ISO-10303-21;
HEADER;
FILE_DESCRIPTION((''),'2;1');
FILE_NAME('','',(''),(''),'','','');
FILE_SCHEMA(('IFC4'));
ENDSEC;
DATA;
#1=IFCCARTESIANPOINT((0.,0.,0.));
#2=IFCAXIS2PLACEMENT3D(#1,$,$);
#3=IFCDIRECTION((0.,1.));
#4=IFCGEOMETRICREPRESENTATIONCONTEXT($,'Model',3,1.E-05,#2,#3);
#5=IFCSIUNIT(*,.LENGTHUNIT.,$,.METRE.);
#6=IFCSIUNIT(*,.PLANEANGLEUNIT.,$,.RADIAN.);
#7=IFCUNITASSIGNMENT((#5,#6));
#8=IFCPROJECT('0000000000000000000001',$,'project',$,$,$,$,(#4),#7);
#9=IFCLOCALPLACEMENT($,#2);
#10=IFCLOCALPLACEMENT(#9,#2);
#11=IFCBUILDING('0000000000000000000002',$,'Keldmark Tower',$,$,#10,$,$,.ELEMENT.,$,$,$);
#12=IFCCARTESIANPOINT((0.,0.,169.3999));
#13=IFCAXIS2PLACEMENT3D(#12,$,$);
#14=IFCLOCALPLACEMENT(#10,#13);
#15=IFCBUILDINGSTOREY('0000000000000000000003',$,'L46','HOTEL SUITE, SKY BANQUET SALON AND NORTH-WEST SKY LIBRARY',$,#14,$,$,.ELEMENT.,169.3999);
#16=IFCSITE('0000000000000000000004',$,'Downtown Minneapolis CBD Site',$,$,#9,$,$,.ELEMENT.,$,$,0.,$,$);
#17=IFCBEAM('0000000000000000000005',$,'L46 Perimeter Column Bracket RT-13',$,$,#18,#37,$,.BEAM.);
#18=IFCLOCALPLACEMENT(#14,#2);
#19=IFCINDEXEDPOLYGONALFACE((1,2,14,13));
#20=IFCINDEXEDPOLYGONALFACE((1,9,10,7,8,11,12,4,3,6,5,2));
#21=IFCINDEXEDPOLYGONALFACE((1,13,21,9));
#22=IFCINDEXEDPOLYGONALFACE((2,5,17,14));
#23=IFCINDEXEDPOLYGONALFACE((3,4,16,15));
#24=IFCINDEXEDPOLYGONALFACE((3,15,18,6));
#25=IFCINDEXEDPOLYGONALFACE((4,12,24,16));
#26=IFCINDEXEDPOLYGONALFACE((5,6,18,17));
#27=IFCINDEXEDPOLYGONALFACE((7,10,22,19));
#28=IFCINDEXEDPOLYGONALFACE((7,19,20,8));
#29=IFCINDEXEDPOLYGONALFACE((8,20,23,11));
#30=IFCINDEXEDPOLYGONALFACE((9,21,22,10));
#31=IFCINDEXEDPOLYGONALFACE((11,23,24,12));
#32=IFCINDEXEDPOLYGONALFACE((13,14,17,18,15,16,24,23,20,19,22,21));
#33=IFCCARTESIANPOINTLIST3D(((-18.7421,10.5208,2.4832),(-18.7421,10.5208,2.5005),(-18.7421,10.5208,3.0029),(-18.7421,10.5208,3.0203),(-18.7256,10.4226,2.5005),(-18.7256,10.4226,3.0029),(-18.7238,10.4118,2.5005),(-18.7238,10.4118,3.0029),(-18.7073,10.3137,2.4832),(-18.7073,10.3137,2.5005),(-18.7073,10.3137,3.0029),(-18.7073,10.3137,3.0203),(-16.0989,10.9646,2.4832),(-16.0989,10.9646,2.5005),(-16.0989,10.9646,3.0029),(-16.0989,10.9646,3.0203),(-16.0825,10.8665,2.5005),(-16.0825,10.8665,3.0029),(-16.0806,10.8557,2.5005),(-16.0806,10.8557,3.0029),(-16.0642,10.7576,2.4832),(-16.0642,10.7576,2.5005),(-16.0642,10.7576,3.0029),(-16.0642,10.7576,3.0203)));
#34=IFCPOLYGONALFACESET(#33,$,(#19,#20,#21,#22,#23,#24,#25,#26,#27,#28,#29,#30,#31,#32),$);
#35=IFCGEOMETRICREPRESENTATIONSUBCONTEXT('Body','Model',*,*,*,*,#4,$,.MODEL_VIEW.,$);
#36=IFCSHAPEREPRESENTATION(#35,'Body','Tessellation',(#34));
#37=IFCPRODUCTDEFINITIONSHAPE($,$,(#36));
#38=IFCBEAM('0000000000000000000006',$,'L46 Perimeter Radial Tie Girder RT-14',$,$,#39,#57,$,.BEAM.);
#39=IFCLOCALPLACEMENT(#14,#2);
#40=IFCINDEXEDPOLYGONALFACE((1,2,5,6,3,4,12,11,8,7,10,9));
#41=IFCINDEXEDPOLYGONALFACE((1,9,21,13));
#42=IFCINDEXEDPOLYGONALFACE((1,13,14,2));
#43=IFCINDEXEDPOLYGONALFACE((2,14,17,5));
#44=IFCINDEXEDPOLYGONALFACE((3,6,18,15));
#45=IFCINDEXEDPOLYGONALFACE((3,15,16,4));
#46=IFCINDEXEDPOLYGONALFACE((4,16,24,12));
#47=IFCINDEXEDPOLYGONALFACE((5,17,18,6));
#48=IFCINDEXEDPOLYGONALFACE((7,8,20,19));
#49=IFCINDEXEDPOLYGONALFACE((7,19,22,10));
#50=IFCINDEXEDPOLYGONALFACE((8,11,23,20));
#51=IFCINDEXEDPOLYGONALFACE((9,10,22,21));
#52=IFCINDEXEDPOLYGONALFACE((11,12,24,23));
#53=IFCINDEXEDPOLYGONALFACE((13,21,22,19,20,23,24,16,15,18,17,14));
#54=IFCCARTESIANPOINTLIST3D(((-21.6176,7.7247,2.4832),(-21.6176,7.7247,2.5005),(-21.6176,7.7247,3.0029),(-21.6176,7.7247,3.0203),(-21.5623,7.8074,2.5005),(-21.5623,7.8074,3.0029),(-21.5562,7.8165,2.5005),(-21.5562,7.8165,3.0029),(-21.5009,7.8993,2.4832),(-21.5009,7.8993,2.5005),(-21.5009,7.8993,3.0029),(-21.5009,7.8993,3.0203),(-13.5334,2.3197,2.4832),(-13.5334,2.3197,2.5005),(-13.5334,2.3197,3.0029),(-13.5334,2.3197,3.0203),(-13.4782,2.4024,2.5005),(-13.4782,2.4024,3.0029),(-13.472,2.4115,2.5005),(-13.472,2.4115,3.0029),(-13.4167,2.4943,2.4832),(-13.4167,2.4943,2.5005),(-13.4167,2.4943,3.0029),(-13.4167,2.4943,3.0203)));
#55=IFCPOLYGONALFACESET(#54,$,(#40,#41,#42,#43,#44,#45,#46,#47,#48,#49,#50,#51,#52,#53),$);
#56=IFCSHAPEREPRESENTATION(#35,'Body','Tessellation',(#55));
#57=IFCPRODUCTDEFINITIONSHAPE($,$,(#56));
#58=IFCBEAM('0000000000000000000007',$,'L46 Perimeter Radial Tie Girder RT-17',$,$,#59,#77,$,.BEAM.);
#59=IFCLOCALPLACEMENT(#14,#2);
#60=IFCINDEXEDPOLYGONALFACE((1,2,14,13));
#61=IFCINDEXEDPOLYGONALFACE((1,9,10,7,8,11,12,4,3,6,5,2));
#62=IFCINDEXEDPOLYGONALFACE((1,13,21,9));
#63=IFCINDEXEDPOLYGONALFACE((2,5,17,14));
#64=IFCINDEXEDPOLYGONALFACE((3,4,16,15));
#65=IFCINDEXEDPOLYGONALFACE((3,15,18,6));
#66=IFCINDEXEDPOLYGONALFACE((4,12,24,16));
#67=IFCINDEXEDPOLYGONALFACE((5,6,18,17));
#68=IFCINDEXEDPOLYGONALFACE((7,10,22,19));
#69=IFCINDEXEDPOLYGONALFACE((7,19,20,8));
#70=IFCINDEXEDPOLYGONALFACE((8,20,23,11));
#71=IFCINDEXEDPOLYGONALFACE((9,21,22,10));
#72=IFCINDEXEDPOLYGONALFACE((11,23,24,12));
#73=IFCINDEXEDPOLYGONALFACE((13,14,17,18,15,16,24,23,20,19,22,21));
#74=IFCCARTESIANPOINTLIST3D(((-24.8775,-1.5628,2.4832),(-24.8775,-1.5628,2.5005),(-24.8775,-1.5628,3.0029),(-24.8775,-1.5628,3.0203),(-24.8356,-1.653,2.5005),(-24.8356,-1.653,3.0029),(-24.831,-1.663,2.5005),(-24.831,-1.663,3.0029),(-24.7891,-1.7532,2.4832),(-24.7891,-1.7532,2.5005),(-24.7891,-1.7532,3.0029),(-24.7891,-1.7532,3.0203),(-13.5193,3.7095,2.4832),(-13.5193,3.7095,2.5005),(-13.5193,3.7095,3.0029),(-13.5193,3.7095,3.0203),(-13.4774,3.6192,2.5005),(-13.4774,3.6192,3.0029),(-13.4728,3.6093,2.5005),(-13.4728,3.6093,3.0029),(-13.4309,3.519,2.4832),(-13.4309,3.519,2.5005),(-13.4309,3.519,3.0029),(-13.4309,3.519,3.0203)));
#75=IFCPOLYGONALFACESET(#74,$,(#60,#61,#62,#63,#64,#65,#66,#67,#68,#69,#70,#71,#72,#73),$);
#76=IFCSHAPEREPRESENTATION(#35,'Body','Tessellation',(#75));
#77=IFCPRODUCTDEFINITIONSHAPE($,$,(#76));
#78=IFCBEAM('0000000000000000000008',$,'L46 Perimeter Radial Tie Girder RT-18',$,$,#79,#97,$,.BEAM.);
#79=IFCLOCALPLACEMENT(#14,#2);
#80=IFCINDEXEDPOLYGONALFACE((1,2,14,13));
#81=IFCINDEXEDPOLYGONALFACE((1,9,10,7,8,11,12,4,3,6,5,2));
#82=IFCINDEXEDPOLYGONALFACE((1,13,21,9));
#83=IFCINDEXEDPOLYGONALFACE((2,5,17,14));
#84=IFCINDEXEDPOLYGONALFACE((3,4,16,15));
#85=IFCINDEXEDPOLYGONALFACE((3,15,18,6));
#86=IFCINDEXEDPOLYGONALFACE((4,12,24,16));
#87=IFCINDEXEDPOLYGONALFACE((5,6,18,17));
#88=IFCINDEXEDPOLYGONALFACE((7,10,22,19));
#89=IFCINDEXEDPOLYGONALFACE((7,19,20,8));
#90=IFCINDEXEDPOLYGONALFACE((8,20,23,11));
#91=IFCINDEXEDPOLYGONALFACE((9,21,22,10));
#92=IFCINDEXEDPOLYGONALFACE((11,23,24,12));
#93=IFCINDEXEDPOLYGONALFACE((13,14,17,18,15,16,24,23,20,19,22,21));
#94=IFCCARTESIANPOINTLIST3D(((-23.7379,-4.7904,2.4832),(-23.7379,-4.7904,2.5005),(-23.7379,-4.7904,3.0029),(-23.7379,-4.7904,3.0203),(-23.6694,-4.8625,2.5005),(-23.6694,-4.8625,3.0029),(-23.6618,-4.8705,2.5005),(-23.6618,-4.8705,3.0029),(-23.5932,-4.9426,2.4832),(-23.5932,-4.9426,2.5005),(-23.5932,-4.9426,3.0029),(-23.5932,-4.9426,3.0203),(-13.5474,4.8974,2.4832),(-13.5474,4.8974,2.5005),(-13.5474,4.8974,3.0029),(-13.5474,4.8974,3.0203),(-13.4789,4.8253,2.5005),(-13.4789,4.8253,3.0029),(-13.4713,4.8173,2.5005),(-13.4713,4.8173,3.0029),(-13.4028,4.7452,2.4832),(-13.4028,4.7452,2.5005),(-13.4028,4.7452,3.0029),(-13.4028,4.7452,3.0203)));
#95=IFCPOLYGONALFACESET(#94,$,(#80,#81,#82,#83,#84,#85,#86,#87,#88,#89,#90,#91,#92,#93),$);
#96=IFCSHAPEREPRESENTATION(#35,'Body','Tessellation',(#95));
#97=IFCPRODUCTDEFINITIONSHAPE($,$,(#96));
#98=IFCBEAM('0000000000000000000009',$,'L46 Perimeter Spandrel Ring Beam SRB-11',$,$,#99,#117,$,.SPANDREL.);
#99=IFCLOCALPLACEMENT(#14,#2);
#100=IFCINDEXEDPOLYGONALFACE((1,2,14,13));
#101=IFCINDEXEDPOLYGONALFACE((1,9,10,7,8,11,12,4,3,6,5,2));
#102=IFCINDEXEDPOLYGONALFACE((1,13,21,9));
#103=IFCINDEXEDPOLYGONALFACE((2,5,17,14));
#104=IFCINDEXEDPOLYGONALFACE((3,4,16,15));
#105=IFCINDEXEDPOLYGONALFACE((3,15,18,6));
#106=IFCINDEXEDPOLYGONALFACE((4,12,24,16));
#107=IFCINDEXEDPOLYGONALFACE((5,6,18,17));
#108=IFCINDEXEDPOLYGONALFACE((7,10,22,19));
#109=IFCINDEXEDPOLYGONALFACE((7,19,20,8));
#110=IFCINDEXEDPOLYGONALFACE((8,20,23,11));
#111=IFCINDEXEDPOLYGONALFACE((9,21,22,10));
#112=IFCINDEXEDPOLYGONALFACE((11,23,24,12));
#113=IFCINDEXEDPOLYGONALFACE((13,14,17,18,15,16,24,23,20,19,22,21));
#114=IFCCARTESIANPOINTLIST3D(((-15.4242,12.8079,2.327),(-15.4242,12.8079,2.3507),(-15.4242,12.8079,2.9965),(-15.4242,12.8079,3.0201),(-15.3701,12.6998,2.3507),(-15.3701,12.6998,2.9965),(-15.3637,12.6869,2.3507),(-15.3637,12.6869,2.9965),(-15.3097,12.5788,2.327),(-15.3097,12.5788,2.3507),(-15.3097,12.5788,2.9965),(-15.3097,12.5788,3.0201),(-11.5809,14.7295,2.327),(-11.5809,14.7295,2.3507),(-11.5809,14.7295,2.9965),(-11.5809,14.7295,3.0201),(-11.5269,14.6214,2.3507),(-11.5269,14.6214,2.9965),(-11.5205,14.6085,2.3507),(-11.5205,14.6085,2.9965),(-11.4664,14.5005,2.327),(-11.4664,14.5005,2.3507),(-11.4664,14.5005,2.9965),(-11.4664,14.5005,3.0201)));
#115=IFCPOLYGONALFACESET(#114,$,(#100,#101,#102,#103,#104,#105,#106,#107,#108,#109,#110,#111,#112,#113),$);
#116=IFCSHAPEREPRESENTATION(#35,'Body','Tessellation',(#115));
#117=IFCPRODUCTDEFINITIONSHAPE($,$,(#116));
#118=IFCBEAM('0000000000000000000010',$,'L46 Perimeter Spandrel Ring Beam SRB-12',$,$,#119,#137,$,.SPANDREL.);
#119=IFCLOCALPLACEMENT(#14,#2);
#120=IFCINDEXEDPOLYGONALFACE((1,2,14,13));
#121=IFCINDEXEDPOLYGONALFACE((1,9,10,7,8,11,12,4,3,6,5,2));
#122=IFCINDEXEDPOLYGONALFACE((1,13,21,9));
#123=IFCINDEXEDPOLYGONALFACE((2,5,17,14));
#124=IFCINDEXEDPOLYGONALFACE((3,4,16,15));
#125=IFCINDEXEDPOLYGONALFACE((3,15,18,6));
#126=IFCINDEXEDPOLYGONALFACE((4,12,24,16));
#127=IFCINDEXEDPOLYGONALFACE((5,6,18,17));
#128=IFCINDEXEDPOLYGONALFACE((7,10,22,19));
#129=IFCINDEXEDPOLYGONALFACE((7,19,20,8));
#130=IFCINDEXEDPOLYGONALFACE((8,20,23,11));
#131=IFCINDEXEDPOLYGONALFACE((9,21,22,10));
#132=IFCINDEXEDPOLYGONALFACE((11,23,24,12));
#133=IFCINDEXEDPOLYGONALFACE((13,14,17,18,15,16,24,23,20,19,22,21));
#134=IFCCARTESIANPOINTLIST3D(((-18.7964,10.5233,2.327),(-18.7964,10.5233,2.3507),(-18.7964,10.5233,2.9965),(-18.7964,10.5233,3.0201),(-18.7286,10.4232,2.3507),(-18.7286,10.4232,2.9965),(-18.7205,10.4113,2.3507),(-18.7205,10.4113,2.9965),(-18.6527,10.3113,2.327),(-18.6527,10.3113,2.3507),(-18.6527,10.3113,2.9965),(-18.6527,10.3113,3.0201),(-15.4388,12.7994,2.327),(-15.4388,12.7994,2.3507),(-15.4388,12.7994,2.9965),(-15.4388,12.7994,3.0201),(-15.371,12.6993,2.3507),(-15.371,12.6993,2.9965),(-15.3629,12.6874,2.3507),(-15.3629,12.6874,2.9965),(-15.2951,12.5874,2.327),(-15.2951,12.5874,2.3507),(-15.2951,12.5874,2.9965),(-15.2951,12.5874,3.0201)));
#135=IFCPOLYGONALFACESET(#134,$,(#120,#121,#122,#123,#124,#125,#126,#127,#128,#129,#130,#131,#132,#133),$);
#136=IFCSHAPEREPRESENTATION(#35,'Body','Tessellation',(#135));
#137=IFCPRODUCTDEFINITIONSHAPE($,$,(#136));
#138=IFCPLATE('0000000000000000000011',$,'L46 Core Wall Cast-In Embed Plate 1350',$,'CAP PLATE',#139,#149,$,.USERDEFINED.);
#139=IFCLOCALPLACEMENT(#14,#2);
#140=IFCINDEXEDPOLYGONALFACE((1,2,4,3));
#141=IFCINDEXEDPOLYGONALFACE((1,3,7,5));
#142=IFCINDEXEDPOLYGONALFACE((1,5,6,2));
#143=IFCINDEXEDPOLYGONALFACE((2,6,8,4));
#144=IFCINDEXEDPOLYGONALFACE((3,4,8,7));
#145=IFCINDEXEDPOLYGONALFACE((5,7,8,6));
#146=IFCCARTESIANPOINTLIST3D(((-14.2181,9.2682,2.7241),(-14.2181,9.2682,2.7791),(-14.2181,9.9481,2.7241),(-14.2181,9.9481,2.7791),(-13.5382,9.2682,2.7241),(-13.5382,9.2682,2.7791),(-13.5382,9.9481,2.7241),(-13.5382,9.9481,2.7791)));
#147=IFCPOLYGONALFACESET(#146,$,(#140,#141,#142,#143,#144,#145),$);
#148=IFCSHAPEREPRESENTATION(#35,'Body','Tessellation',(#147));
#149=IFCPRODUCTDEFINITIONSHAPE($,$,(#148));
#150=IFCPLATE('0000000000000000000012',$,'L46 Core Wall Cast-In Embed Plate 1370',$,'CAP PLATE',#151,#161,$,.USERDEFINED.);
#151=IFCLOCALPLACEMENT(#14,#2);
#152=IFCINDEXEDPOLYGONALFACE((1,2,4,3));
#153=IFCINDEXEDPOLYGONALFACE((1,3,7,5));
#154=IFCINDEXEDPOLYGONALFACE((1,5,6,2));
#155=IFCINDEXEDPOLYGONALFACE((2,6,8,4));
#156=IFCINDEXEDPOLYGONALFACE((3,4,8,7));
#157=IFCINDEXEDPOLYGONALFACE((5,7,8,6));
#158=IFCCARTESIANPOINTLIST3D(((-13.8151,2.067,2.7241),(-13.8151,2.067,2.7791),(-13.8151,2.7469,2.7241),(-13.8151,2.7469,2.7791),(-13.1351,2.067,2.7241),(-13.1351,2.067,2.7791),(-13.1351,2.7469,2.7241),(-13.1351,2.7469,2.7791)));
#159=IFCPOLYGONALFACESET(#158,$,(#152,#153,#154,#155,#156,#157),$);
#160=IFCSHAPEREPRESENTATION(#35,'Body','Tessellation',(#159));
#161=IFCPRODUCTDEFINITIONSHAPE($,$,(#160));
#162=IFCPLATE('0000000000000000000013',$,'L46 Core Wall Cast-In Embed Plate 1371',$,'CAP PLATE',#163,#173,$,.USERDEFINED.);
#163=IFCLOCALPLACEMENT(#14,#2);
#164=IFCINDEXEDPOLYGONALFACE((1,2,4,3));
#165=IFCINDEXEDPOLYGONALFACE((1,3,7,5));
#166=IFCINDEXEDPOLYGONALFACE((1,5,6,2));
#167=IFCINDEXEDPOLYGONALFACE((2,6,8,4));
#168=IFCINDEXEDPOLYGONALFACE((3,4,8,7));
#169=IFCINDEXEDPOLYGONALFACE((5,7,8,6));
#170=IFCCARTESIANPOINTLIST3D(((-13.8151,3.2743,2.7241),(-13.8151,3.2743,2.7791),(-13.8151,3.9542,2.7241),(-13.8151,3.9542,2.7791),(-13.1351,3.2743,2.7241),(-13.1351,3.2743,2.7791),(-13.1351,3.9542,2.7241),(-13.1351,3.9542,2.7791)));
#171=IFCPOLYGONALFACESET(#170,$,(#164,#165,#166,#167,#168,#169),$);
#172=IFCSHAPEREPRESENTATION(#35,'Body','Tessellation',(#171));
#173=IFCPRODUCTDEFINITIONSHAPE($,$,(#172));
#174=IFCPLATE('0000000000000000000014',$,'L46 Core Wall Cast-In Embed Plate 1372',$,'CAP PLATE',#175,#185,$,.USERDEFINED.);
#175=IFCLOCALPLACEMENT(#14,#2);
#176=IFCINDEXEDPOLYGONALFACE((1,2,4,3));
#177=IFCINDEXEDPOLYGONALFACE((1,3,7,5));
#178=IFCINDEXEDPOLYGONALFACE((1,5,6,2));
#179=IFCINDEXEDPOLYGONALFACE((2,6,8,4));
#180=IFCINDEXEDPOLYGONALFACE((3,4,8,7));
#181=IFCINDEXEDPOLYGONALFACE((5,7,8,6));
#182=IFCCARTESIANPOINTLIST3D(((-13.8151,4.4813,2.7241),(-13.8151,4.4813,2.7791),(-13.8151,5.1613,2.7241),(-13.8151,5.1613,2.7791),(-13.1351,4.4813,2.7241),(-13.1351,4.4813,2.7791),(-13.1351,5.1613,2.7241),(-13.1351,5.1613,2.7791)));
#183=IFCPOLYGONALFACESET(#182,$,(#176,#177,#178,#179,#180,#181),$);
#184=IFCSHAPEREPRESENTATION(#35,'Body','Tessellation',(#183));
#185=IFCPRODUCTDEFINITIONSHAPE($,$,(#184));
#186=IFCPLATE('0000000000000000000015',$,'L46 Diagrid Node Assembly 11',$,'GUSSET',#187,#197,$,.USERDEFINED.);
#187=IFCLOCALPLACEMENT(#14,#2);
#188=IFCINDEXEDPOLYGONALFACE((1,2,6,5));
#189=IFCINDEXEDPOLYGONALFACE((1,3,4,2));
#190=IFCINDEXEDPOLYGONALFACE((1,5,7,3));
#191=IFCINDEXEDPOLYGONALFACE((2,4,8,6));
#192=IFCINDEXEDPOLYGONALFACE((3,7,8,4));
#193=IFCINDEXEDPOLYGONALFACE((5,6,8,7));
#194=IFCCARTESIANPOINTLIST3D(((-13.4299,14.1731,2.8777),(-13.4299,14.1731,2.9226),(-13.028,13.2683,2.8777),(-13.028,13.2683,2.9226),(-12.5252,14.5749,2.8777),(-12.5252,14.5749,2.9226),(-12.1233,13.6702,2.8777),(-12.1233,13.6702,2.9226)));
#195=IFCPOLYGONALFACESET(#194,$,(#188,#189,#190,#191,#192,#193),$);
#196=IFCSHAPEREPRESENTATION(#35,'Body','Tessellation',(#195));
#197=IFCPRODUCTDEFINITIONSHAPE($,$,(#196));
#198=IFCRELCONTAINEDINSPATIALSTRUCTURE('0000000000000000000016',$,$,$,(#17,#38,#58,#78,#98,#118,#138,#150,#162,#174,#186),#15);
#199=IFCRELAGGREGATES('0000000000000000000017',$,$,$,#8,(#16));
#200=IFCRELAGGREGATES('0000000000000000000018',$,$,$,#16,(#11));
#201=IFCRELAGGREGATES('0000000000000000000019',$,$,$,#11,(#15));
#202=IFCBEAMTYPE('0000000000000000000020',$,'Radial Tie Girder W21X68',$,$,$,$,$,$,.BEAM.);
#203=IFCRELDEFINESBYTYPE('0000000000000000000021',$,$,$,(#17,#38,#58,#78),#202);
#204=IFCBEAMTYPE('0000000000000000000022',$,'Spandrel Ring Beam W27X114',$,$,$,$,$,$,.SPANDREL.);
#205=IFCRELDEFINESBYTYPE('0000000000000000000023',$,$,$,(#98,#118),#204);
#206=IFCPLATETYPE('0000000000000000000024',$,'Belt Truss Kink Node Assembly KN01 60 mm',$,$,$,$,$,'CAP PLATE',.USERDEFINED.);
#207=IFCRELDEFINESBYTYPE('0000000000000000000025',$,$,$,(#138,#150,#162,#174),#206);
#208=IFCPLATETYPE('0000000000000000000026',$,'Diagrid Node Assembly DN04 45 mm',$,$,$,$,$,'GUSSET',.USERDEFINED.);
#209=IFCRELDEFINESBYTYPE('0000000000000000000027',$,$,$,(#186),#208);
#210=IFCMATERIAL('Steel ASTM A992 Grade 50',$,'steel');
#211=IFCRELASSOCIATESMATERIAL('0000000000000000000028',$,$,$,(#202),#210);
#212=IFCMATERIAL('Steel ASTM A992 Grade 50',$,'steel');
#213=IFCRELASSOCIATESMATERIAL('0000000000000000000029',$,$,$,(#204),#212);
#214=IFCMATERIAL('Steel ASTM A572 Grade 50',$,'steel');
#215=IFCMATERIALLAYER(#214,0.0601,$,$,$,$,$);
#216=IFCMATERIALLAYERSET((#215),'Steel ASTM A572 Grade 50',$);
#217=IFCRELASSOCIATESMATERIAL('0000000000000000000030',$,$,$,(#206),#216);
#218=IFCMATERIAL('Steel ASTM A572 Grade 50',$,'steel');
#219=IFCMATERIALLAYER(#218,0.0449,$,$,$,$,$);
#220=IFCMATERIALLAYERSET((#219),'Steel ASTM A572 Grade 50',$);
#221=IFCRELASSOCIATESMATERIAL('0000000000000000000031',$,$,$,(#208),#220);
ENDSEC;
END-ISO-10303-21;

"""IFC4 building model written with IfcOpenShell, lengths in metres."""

from ifc_helpers import new_model, si_unit, direction, frame, origin, origin_2d, place, context, subcontext, project, spatial, rectangle, i_section, extrude, material, layer, layer_set, material_profile, profile_set, type_object, element, save


model = new_model("IFC4")

# Units and contexts
model_context = context("Model", 3, precision=1e-05, world=origin(), true_north=direction((0.0, 1.0)))
body_context = subcontext(model_context, "Body", "Model", "MODEL_VIEW")
ifc_project = project(units=[si_unit("LENGTHUNIT", "METRE"), si_unit("PLANEANGLEUNIT", "RADIAN")], contexts=[model_context])

# Site, building, storey
site_placement = place(None, origin())
site = spatial("IfcSite", under=ifc_project, at=site_placement, Name="Downtown Minneapolis CBD Site", CompositionType="ELEMENT", RefElevation=0.0)
building_placement = place(site_placement, origin())
building = spatial("IfcBuilding", under=site, at=building_placement, Name="Keldmark Tower", CompositionType="ELEMENT")
storey_placement = place(building_placement, frame((0.0, 0.0, 169.3999)))
storey = spatial("IfcBuildingStorey", under=building, at=storey_placement, Name="L46", Description="HOTEL SUITE, SKY BANQUET SALON AND NORTH-WEST SKY LIBRARY", CompositionType="ELEMENT", Elevation=169.3999)

# Beams
ifc_material_1 = material(Name="Steel ASTM A992 Grade 50", Category="steel")
ifc_material_profile_1 = material_profile(ifc_material_1, i_section(OverallWidth=0.21, OverallDepth=0.5371, WebThickness=0.011, FlangeThickness=0.0173, at=origin_2d()), Name="W21X68")
ifc_profile_set_1 = profile_set([ifc_material_profile_1], Name="Steel ASTM A992 Grade 50")
beam_type_1 = type_object("IfcBeamType", Name="Radial Tie Girder W21X68", PredefinedType="BEAM", material=ifc_profile_set_1)
beam_1_placement = place(storey_placement, frame((-16.0815, 10.8611, 2.7517), z_axis=(-0.986191, -0.16561, 0.0), x_axis=(0.16561, -0.986191, 0.0)))
element("IfcBeam", 1, at=beam_1_placement, inside=storey, type_object=beam_type_1, Name="L46 Perimeter Column Bracket RT-13", PredefinedType="BEAM", context=body_context, shape_type="SweptSolid", body=[
    extrude(i_section(OverallWidth=0.21, OverallDepth=0.5371, WebThickness=0.011, FlangeThickness=0.0173, at=origin_2d()), origin(), (0.0, 0.0, 1.0), 2.6802),
])
beam_2_placement = place(storey_placement, frame((-13.4751, 2.407, 2.7517), z_axis=(-0.831312, 0.555806, 0.0), x_axis=(-0.555806, -0.831312, 0.0)))
element("IfcBeam", 2, at=beam_2_placement, inside=storey, type_object=beam_type_1, Name="L46 Perimeter Radial Tie Girder RT-14", PredefinedType="BEAM", context=body_context, shape_type="SweptSolid", body=[
    extrude(i_section(OverallWidth=0.21, OverallDepth=0.5371, WebThickness=0.011, FlangeThickness=0.0173, at=origin_2d()), origin(), (0.0, 0.0, 1.0), 9.7246),
])
beam_3_placement = place(storey_placement, frame((-13.4751, 3.6143, 2.7517), z_axis=(-0.907046, -0.421032, 0.0), x_axis=(0.421032, -0.907046, 0.0)))
element("IfcBeam", 3, at=beam_3_placement, inside=storey, type_object=beam_type_1, Name="L46 Perimeter Radial Tie Girder RT-17", PredefinedType="BEAM", context=body_context, shape_type="SweptSolid", body=[
    extrude(i_section(OverallWidth=0.21, OverallDepth=0.5371, WebThickness=0.011, FlangeThickness=0.0173, at=origin_2d()), origin(), (0.0, 0.0, 1.0), 12.5222),
])
beam_4_placement = place(storey_placement, frame((-13.4751, 4.8213, 2.7517), z_axis=(-0.724757, -0.689005, 0.0), x_axis=(0.689005, -0.724757, 0.0)))
element("IfcBeam", 4, at=beam_4_placement, inside=storey, type_object=beam_type_1, Name="L46 Perimeter Radial Tie Girder RT-18", PredefinedType="BEAM", context=body_context, shape_type="SweptSolid", body=[
    extrude(i_section(OverallWidth=0.21, OverallDepth=0.5371, WebThickness=0.011, FlangeThickness=0.0173, at=origin_2d()), origin(), (0.0, 0.0, 1.0), 14.0605),
])
ifc_material_2 = material(Name="Steel ASTM A992 Grade 50", Category="steel")
ifc_material_profile_2 = material_profile(ifc_material_2, i_section(OverallWidth=0.2561, OverallDepth=0.6931, WebThickness=0.0144, FlangeThickness=0.0237, at=origin_2d()), Name="W27X114")
ifc_profile_set_2 = profile_set([ifc_material_profile_2], Name="Steel ASTM A992 Grade 50")
beam_type_2 = type_object("IfcBeamType", Name="Spandrel Ring Beam W27X114", PredefinedType="SPANDREL", material=ifc_profile_set_2)
beam_5_placement = place(storey_placement, frame((-11.5237, 14.615, 2.6736), z_axis=(-0.894427, -0.447214, 0.0), x_axis=(0.447214, -0.894427, 0.0)))
element("IfcBeam", 5, at=beam_5_placement, inside=storey, type_object=beam_type_2, Name="L46 Perimeter Spandrel Ring Beam SRB-11", PredefinedType="SPANDREL", context=body_context, shape_type="SweptSolid", body=[
    extrude(i_section(OverallWidth=0.2561, OverallDepth=0.6931, WebThickness=0.0144, FlangeThickness=0.0237, at=origin_2d()), origin(), (0.0, 0.0, 1.0), 4.2969),
])
beam_6_placement = place(storey_placement, frame((-15.3669, 12.6934, 2.6736), z_axis=(-0.827738, -0.561114, 0.0), x_axis=(0.561114, -0.827738, 0.0)))
element("IfcBeam", 6, at=beam_6_placement, inside=storey, type_object=beam_type_2, Name="L46 Perimeter Spandrel Ring Beam SRB-12", PredefinedType="SPANDREL", context=body_context, shape_type="SweptSolid", body=[
    extrude(i_section(OverallWidth=0.2561, OverallDepth=0.6931, WebThickness=0.0144, FlangeThickness=0.0237, at=origin_2d()), origin(), (0.0, 0.0, 1.0), 4.0564),
])

# Plates
ifc_material_3 = material(Name="Steel ASTM A572 Grade 50", Category="steel")
ifc_layer_1 = layer(ifc_material_3, 0.0601)
ifc_layer_set_1 = layer_set([ifc_layer_1], Name="Steel ASTM A572 Grade 50")
plate_type_1 = type_object("IfcPlateType", Name="Belt Truss Kink Node Assembly KN01 60 mm", ElementType="CAP PLATE", PredefinedType="USERDEFINED", material=ifc_layer_set_1)
for number, where, z_axis, x_axis, name in (
    (7, (-13.8782, 9.6082, 2.7241), (0.0, 0.0, 1.0), (1.0, 0.0, 0.0), "L46 Core Wall Cast-In Embed Plate 1350"),
    (8, (-13.4751, 2.407, 2.7241), (0.0, 0.0, 1.0), (1.0, 0.0, 0.0), "L46 Core Wall Cast-In Embed Plate 1370"),
    (9, (-13.4751, 3.6143, 2.7241), (0.0, 0.0, 1.0), (1.0, 0.0, 0.0), "L46 Core Wall Cast-In Embed Plate 1371"),
    (10, (-13.4751, 4.8213, 2.7241), (0.0, 0.0, 1.0), (1.0, 0.0, 0.0), "L46 Core Wall Cast-In Embed Plate 1372"),
):
    element("IfcPlate", number, at=place(storey_placement, frame(where, z_axis=z_axis, x_axis=x_axis)), inside=storey, type_object=plate_type_1, Name=name, ObjectType="CAP PLATE", PredefinedType="USERDEFINED", context=body_context, shape_type="SweptSolid", body=[
        extrude(rectangle(XDim=0.6799, YDim=0.6799, at=origin_2d()), origin(), (0.0, 0.0, 1.0), 0.0549),
    ])
ifc_material_4 = material(Name="Steel ASTM A572 Grade 50", Category="steel")
ifc_layer_2 = layer(ifc_material_4, 0.0449)
ifc_layer_set_2 = layer_set([ifc_layer_2], Name="Steel ASTM A572 Grade 50")
plate_type_2 = type_object("IfcPlateType", Name="Diagrid Node Assembly DN04 45 mm", ElementType="GUSSET", PredefinedType="USERDEFINED", material=ifc_layer_set_2)
for number, where, z_axis, x_axis, name in (
    (11, (-12.7766, 13.9216, 2.8777), (0.0, 0.0, 1.0), (-0.9139, -0.405939, 0.0), "L46 Diagrid Node Assembly 11"),
):
    element("IfcPlate", number, at=place(storey_placement, frame(where, z_axis=z_axis, x_axis=x_axis)), inside=storey, type_object=plate_type_2, Name=name, ObjectType="GUSSET", PredefinedType="USERDEFINED", context=body_context, shape_type="SweptSolid", body=[
        extrude(rectangle(XDim=0.99, YDim=0.99, at=origin_2d()), origin(), (0.0, 0.0, 1.0), 0.0449),
    ])

save(model, "model.ifc")
